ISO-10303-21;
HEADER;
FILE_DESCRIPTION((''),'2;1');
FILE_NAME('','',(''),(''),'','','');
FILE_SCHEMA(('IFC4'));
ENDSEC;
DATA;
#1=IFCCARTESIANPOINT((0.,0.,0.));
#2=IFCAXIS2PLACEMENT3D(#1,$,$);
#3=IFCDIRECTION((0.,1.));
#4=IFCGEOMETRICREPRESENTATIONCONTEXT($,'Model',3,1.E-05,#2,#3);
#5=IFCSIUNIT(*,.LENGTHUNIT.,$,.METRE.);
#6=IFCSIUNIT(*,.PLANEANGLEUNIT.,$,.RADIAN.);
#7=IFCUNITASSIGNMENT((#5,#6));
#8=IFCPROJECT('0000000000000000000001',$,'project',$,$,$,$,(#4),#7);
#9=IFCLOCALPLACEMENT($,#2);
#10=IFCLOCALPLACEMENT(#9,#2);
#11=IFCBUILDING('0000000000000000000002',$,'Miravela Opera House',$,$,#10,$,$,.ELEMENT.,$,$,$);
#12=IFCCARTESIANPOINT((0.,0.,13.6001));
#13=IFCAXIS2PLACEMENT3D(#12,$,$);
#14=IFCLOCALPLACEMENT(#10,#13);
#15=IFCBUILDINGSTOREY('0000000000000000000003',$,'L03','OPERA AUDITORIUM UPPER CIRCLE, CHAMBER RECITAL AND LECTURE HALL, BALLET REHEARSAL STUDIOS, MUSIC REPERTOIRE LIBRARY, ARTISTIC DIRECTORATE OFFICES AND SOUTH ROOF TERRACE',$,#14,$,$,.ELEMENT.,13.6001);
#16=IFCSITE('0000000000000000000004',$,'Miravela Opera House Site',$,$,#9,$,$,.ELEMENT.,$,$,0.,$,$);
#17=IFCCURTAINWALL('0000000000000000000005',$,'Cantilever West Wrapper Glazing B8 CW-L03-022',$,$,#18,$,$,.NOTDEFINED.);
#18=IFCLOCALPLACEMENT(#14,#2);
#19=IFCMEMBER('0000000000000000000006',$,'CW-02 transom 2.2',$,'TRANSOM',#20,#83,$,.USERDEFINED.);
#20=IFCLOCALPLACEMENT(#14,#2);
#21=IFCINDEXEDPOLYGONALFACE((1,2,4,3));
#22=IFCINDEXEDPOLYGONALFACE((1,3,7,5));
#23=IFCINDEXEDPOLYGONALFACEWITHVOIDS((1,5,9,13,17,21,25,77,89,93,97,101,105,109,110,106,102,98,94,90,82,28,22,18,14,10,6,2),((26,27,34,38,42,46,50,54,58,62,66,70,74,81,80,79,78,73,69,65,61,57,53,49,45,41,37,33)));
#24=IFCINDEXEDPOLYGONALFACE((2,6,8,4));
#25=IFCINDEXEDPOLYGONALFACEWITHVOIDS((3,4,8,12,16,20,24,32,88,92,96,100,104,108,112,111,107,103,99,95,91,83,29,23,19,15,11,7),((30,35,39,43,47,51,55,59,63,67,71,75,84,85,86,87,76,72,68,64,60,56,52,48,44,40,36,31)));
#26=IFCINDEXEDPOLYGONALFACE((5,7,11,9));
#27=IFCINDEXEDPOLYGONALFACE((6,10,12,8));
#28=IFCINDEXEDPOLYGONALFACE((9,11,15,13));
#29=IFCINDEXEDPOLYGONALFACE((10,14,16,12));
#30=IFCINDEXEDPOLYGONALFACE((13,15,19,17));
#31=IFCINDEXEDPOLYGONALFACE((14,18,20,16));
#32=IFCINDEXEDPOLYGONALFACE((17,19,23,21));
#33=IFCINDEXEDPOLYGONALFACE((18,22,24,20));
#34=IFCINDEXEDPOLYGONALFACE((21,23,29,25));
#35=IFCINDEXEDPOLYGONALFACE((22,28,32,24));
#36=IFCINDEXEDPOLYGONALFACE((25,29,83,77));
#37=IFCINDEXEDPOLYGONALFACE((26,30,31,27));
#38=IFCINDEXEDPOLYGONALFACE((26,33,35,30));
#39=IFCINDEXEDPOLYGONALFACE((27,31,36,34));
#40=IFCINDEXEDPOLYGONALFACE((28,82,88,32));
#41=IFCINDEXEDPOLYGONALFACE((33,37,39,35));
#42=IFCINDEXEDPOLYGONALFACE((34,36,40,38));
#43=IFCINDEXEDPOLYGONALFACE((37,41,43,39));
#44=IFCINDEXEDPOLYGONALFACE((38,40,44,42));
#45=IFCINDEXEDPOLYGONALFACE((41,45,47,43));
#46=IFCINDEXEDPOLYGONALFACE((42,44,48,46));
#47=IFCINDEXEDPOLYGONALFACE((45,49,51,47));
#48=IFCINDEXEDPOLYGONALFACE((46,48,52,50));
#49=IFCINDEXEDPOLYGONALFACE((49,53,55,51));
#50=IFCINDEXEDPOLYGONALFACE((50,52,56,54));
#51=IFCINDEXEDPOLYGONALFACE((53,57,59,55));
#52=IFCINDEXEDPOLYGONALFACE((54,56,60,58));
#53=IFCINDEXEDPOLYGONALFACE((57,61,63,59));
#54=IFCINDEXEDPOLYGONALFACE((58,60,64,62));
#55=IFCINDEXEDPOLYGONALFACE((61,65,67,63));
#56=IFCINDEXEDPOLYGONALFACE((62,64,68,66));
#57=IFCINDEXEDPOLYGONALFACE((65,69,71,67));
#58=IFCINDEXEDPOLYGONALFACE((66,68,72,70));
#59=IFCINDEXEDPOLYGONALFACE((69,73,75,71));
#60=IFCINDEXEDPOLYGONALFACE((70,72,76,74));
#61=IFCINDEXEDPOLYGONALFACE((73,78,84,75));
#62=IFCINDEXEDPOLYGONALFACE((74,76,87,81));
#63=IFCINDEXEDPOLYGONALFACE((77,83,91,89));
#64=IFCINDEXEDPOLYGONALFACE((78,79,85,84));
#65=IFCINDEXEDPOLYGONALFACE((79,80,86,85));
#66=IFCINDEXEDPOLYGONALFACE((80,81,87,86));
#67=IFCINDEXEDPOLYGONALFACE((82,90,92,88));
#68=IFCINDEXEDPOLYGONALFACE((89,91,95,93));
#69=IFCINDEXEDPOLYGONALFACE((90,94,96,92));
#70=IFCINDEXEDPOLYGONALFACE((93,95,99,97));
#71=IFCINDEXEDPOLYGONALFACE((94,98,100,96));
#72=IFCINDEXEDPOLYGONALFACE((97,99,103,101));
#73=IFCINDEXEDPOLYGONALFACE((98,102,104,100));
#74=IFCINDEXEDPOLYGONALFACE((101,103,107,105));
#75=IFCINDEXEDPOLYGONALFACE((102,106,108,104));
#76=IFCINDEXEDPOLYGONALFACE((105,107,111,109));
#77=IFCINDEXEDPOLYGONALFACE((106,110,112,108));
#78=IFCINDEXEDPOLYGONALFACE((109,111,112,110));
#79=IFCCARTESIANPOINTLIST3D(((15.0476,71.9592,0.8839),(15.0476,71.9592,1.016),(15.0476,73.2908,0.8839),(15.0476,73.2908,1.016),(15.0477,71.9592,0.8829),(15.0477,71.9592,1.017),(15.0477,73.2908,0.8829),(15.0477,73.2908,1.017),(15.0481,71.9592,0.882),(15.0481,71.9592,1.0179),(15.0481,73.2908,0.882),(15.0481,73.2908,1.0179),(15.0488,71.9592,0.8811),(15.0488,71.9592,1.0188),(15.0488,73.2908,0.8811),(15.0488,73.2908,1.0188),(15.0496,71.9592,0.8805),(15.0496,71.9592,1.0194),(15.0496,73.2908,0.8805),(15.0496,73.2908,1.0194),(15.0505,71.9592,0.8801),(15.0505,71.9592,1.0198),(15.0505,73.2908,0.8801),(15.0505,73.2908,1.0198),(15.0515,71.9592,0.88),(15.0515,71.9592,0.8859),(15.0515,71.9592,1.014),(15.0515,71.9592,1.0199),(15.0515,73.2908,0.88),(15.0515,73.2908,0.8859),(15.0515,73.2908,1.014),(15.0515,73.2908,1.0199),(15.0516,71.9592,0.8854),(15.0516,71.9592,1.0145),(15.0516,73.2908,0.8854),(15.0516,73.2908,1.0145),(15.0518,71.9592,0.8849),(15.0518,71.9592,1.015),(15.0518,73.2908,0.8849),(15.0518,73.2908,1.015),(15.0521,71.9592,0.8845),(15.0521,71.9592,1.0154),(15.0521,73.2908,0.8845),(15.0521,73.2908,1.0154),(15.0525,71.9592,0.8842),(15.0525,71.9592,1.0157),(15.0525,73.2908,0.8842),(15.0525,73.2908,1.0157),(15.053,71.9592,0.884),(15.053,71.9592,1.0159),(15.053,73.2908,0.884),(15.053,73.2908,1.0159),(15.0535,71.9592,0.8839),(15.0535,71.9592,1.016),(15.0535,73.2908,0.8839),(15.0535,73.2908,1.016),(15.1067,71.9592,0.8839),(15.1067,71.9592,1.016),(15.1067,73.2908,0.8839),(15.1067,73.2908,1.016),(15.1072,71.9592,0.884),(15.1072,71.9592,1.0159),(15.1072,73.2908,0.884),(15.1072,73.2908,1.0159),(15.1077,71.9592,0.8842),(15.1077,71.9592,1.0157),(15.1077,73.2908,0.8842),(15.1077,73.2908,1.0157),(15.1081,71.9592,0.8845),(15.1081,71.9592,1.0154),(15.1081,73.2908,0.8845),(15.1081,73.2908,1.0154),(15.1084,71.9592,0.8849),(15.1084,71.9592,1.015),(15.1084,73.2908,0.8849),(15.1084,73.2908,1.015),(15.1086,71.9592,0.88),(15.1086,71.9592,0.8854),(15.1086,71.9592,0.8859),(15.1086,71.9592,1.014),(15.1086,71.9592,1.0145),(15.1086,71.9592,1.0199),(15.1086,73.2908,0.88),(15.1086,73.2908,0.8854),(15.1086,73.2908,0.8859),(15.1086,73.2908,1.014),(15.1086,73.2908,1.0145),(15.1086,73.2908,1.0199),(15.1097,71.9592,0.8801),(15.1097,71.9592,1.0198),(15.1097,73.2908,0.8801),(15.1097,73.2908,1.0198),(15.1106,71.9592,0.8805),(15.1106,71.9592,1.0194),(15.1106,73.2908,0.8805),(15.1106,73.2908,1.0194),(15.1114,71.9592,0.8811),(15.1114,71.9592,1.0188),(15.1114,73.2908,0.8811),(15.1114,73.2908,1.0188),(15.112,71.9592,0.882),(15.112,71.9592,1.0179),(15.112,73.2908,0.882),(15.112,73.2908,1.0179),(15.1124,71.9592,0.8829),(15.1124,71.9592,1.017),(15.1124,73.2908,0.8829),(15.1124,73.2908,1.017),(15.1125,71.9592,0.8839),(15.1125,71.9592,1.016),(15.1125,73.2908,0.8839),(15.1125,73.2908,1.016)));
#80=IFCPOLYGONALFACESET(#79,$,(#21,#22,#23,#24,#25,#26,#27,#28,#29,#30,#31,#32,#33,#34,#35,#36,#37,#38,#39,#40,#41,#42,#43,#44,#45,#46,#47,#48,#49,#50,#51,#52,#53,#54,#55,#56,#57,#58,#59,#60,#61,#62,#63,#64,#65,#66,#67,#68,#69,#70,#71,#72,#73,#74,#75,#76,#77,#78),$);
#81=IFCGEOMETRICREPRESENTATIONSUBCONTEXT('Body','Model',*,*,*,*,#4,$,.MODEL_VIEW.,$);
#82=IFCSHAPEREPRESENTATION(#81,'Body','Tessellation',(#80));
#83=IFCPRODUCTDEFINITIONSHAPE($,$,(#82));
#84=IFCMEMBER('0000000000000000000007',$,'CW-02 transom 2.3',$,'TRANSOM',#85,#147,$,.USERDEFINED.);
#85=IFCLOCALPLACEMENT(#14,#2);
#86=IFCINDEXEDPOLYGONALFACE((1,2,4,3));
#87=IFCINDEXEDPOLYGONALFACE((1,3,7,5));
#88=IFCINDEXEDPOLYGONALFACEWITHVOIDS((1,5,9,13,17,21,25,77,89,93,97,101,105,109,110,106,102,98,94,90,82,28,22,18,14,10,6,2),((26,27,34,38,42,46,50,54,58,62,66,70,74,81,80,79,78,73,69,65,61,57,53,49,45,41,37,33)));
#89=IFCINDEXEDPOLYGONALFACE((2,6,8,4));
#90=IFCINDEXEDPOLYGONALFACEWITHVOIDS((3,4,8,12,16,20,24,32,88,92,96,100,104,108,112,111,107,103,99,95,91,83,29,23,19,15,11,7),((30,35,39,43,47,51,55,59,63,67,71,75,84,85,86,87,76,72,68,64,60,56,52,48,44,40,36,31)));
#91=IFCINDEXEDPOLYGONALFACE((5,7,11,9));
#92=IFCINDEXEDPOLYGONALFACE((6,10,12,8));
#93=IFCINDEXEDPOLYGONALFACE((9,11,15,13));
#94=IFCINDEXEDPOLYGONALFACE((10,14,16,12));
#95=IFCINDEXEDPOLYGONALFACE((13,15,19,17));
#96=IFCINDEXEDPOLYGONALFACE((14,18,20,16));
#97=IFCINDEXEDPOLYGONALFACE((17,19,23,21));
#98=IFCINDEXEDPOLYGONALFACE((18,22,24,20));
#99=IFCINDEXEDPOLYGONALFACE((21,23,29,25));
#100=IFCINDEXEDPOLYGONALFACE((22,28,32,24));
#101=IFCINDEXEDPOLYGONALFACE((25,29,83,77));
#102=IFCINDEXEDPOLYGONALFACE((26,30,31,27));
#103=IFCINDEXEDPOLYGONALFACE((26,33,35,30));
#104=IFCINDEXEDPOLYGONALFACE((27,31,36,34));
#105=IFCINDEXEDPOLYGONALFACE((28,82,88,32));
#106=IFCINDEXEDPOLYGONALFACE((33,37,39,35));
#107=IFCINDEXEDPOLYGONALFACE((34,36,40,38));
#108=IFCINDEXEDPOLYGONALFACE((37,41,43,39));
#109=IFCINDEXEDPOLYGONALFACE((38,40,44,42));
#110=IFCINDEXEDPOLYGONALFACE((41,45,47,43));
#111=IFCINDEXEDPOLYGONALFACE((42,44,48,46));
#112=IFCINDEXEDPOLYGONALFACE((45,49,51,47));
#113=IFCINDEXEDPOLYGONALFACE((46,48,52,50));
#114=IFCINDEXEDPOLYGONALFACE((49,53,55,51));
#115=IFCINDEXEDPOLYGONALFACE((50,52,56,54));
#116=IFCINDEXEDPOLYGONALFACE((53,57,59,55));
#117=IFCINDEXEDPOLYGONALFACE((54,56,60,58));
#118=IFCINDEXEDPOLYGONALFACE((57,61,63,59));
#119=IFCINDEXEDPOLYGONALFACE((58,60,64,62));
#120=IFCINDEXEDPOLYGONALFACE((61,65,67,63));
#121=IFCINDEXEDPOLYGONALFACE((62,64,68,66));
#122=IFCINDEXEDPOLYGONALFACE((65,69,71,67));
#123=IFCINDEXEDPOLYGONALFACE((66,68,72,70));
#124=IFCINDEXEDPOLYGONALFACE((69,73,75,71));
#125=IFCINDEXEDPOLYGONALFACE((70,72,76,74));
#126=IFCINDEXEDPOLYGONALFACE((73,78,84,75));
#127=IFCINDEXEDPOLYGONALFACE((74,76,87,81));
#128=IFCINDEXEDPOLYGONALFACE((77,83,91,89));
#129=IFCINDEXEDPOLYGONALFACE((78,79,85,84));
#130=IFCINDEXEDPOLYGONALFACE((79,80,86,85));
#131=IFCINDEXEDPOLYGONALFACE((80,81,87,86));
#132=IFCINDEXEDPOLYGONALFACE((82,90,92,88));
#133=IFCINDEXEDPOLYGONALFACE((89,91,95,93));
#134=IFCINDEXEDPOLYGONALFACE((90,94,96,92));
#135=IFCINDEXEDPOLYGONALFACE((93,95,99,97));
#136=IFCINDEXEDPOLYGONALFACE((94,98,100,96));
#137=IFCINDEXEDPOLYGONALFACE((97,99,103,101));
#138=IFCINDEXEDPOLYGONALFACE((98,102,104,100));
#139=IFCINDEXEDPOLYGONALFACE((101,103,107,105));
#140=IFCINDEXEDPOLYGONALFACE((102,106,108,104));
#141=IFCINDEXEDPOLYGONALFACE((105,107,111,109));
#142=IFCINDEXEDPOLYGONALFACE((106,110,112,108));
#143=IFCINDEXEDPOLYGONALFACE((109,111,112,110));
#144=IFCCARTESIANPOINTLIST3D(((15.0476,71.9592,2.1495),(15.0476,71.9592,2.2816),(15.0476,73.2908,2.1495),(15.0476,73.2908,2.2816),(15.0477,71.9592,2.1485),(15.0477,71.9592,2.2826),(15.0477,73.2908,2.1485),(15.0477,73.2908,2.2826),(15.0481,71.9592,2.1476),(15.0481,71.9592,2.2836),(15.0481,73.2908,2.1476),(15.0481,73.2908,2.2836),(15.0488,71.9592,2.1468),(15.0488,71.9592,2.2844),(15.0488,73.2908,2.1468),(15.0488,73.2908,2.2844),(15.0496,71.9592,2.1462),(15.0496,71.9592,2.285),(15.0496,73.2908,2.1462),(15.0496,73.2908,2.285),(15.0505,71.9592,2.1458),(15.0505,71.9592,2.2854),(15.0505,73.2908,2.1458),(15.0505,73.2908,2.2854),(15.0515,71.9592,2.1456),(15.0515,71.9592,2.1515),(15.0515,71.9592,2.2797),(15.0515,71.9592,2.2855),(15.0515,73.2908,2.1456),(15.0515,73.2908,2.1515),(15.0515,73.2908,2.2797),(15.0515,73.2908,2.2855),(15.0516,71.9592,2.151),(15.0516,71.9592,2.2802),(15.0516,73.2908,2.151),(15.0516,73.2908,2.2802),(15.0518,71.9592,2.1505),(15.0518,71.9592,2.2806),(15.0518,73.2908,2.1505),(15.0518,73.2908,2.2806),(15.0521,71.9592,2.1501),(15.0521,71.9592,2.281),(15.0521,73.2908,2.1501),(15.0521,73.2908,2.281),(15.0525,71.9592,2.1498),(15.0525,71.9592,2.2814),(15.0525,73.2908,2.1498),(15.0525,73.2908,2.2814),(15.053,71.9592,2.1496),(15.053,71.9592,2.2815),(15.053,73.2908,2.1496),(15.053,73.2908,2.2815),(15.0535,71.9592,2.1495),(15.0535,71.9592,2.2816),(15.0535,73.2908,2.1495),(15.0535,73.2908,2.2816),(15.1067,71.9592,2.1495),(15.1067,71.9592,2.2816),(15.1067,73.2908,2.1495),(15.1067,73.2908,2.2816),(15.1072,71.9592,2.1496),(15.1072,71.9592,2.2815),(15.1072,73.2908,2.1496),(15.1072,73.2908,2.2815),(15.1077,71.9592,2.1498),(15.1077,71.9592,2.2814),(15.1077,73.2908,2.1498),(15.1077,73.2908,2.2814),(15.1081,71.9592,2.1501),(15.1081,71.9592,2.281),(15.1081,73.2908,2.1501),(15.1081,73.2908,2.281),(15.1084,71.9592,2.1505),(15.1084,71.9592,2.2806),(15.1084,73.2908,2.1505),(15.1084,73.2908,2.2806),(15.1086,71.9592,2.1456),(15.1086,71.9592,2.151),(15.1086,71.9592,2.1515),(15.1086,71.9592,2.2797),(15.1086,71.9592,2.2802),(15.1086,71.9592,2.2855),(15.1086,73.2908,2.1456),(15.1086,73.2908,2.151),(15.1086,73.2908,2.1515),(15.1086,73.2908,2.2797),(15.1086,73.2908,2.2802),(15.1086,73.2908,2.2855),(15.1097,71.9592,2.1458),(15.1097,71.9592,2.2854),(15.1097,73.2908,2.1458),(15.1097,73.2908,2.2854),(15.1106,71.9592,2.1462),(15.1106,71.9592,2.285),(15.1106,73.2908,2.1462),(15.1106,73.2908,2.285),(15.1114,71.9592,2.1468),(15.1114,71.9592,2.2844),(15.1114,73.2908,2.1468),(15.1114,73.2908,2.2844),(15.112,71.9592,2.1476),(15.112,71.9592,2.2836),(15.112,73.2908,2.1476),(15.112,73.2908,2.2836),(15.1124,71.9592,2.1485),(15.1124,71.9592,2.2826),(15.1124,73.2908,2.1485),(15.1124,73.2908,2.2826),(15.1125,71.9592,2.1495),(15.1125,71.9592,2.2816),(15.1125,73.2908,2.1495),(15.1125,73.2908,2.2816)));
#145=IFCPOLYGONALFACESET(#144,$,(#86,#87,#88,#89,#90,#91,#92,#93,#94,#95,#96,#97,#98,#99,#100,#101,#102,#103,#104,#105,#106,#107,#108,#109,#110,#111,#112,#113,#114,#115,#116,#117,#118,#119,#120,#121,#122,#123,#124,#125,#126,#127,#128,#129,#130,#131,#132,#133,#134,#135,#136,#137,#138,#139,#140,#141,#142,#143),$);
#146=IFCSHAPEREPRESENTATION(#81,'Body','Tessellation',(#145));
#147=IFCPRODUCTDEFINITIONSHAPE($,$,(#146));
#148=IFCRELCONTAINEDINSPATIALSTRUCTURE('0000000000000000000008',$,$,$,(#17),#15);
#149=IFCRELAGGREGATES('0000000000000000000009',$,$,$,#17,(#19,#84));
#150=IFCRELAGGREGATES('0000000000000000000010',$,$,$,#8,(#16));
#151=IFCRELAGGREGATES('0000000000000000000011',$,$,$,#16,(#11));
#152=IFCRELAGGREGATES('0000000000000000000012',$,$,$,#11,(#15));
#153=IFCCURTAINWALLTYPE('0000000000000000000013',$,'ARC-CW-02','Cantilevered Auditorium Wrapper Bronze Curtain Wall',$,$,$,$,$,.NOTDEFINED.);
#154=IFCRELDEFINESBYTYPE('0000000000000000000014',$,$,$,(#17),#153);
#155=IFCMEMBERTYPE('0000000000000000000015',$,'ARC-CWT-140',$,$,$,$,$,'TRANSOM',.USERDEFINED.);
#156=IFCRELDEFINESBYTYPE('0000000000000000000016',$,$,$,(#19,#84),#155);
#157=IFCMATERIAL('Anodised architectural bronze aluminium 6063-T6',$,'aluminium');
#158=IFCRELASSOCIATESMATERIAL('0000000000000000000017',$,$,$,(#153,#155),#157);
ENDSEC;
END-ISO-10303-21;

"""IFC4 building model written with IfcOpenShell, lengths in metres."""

from ifc_helpers import new_model, si_unit, direction, frame, origin, origin_2d, place, context, subcontext, project, spatial, hollow_rectangle, extrude, material, material_profile, profile_set, type_object, element, aggregate, save


model = new_model("IFC4")

# Units and contexts
model_context = context("Model", 3, precision=1e-05, world=origin(), true_north=direction((0.0, 1.0)))
body_context = subcontext(model_context, "Body", "Model", "MODEL_VIEW")
ifc_project = project(units=[si_unit("LENGTHUNIT", "METRE"), si_unit("PLANEANGLEUNIT", "RADIAN")], contexts=[model_context])

# Site, building, storey
site_placement = place(None, origin())
site = spatial("IfcSite", under=ifc_project, at=site_placement, Name="Miravela Opera House Site", CompositionType="ELEMENT", RefElevation=0.0)
building_placement = place(site_placement, origin())
building = spatial("IfcBuilding", under=site, at=building_placement, Name="Miravela Opera House", CompositionType="ELEMENT")
storey_placement = place(building_placement, frame((0.0, 0.0, 13.6001)))
storey = spatial("IfcBuildingStorey", under=building, at=storey_placement, Name="L03", Description="OPERA AUDITORIUM UPPER CIRCLE, CHAMBER RECITAL AND LECTURE HALL, BALLET REHEARSAL STUDIOS, MUSIC REPERTOIRE LIBRARY, ARTISTIC DIRECTORATE OFFICES AND SOUTH ROOF TERRACE", CompositionType="ELEMENT", Elevation=13.6001)

# Curtain wall
ifc_material_1 = material(Name="Anodised architectural bronze aluminium 6063-T6", Category="aluminium")
curtain_wall_type = type_object("IfcCurtainWallType", Name="ARC-CW-02", Description="Cantilevered Auditorium Wrapper Bronze Curtain Wall", PredefinedType="NOTDEFINED", material=ifc_material_1)
curtain_wall_1_placement = place(storey_placement, origin())
curtain_wall_1 = element("IfcCurtainWall", 1, at=curtain_wall_1_placement, inside=storey, type_object=curtain_wall_type, Name="Cantilever West Wrapper Glazing B8 CW-L03-022", PredefinedType="NOTDEFINED")

# Members
ifc_material_profile_1 = material_profile(ifc_material_1, hollow_rectangle(XDim=0.0649, YDim=0.1399, WallThickness=0.0039, InnerFilletRadius=0.002, OuterFilletRadius=0.0039, at=origin_2d()), Name="CWT-65X140")
ifc_profile_set_1 = profile_set([ifc_material_profile_1])
member_type_1 = type_object("IfcMemberType", Name="ARC-CWT-140", ElementType="TRANSOM", PredefinedType="USERDEFINED", material=ifc_profile_set_1)
member_1_placement = place(storey_placement, frame((15.0801, 71.9592, 0.95), z_axis=(0.0, 1.0, 0.0), x_axis=(-1.0, 0.0, 0.0)))
member_1 = element("IfcMember", 2, at=member_1_placement, type_object=member_type_1, Name="CW-02 transom 2.2", ObjectType="TRANSOM", PredefinedType="USERDEFINED", context=body_context, shape_type="SweptSolid", body=[
    extrude(hollow_rectangle(XDim=0.0649, YDim=0.1399, WallThickness=0.0039, InnerFilletRadius=0.002, OuterFilletRadius=0.0039, at=origin_2d()), origin(), (0.0, 0.0, 1.0), 1.3315),
])
member_2_placement = place(storey_placement, frame((15.0801, 71.9592, 2.2156), z_axis=(0.0, 1.0, 0.0), x_axis=(-1.0, 0.0, 0.0)))
member_2 = element("IfcMember", 3, at=member_2_placement, type_object=member_type_1, Name="CW-02 transom 2.3", ObjectType="TRANSOM", PredefinedType="USERDEFINED", context=body_context, shape_type="SweptSolid", body=[
    extrude(hollow_rectangle(XDim=0.0649, YDim=0.1399, WallThickness=0.0039, InnerFilletRadius=0.002, OuterFilletRadius=0.0039, at=origin_2d()), origin(), (0.0, 0.0, 1.0), 1.3315),
])

aggregate(curtain_wall_1, [member_1, member_2])

save(model, "model.ifc")
